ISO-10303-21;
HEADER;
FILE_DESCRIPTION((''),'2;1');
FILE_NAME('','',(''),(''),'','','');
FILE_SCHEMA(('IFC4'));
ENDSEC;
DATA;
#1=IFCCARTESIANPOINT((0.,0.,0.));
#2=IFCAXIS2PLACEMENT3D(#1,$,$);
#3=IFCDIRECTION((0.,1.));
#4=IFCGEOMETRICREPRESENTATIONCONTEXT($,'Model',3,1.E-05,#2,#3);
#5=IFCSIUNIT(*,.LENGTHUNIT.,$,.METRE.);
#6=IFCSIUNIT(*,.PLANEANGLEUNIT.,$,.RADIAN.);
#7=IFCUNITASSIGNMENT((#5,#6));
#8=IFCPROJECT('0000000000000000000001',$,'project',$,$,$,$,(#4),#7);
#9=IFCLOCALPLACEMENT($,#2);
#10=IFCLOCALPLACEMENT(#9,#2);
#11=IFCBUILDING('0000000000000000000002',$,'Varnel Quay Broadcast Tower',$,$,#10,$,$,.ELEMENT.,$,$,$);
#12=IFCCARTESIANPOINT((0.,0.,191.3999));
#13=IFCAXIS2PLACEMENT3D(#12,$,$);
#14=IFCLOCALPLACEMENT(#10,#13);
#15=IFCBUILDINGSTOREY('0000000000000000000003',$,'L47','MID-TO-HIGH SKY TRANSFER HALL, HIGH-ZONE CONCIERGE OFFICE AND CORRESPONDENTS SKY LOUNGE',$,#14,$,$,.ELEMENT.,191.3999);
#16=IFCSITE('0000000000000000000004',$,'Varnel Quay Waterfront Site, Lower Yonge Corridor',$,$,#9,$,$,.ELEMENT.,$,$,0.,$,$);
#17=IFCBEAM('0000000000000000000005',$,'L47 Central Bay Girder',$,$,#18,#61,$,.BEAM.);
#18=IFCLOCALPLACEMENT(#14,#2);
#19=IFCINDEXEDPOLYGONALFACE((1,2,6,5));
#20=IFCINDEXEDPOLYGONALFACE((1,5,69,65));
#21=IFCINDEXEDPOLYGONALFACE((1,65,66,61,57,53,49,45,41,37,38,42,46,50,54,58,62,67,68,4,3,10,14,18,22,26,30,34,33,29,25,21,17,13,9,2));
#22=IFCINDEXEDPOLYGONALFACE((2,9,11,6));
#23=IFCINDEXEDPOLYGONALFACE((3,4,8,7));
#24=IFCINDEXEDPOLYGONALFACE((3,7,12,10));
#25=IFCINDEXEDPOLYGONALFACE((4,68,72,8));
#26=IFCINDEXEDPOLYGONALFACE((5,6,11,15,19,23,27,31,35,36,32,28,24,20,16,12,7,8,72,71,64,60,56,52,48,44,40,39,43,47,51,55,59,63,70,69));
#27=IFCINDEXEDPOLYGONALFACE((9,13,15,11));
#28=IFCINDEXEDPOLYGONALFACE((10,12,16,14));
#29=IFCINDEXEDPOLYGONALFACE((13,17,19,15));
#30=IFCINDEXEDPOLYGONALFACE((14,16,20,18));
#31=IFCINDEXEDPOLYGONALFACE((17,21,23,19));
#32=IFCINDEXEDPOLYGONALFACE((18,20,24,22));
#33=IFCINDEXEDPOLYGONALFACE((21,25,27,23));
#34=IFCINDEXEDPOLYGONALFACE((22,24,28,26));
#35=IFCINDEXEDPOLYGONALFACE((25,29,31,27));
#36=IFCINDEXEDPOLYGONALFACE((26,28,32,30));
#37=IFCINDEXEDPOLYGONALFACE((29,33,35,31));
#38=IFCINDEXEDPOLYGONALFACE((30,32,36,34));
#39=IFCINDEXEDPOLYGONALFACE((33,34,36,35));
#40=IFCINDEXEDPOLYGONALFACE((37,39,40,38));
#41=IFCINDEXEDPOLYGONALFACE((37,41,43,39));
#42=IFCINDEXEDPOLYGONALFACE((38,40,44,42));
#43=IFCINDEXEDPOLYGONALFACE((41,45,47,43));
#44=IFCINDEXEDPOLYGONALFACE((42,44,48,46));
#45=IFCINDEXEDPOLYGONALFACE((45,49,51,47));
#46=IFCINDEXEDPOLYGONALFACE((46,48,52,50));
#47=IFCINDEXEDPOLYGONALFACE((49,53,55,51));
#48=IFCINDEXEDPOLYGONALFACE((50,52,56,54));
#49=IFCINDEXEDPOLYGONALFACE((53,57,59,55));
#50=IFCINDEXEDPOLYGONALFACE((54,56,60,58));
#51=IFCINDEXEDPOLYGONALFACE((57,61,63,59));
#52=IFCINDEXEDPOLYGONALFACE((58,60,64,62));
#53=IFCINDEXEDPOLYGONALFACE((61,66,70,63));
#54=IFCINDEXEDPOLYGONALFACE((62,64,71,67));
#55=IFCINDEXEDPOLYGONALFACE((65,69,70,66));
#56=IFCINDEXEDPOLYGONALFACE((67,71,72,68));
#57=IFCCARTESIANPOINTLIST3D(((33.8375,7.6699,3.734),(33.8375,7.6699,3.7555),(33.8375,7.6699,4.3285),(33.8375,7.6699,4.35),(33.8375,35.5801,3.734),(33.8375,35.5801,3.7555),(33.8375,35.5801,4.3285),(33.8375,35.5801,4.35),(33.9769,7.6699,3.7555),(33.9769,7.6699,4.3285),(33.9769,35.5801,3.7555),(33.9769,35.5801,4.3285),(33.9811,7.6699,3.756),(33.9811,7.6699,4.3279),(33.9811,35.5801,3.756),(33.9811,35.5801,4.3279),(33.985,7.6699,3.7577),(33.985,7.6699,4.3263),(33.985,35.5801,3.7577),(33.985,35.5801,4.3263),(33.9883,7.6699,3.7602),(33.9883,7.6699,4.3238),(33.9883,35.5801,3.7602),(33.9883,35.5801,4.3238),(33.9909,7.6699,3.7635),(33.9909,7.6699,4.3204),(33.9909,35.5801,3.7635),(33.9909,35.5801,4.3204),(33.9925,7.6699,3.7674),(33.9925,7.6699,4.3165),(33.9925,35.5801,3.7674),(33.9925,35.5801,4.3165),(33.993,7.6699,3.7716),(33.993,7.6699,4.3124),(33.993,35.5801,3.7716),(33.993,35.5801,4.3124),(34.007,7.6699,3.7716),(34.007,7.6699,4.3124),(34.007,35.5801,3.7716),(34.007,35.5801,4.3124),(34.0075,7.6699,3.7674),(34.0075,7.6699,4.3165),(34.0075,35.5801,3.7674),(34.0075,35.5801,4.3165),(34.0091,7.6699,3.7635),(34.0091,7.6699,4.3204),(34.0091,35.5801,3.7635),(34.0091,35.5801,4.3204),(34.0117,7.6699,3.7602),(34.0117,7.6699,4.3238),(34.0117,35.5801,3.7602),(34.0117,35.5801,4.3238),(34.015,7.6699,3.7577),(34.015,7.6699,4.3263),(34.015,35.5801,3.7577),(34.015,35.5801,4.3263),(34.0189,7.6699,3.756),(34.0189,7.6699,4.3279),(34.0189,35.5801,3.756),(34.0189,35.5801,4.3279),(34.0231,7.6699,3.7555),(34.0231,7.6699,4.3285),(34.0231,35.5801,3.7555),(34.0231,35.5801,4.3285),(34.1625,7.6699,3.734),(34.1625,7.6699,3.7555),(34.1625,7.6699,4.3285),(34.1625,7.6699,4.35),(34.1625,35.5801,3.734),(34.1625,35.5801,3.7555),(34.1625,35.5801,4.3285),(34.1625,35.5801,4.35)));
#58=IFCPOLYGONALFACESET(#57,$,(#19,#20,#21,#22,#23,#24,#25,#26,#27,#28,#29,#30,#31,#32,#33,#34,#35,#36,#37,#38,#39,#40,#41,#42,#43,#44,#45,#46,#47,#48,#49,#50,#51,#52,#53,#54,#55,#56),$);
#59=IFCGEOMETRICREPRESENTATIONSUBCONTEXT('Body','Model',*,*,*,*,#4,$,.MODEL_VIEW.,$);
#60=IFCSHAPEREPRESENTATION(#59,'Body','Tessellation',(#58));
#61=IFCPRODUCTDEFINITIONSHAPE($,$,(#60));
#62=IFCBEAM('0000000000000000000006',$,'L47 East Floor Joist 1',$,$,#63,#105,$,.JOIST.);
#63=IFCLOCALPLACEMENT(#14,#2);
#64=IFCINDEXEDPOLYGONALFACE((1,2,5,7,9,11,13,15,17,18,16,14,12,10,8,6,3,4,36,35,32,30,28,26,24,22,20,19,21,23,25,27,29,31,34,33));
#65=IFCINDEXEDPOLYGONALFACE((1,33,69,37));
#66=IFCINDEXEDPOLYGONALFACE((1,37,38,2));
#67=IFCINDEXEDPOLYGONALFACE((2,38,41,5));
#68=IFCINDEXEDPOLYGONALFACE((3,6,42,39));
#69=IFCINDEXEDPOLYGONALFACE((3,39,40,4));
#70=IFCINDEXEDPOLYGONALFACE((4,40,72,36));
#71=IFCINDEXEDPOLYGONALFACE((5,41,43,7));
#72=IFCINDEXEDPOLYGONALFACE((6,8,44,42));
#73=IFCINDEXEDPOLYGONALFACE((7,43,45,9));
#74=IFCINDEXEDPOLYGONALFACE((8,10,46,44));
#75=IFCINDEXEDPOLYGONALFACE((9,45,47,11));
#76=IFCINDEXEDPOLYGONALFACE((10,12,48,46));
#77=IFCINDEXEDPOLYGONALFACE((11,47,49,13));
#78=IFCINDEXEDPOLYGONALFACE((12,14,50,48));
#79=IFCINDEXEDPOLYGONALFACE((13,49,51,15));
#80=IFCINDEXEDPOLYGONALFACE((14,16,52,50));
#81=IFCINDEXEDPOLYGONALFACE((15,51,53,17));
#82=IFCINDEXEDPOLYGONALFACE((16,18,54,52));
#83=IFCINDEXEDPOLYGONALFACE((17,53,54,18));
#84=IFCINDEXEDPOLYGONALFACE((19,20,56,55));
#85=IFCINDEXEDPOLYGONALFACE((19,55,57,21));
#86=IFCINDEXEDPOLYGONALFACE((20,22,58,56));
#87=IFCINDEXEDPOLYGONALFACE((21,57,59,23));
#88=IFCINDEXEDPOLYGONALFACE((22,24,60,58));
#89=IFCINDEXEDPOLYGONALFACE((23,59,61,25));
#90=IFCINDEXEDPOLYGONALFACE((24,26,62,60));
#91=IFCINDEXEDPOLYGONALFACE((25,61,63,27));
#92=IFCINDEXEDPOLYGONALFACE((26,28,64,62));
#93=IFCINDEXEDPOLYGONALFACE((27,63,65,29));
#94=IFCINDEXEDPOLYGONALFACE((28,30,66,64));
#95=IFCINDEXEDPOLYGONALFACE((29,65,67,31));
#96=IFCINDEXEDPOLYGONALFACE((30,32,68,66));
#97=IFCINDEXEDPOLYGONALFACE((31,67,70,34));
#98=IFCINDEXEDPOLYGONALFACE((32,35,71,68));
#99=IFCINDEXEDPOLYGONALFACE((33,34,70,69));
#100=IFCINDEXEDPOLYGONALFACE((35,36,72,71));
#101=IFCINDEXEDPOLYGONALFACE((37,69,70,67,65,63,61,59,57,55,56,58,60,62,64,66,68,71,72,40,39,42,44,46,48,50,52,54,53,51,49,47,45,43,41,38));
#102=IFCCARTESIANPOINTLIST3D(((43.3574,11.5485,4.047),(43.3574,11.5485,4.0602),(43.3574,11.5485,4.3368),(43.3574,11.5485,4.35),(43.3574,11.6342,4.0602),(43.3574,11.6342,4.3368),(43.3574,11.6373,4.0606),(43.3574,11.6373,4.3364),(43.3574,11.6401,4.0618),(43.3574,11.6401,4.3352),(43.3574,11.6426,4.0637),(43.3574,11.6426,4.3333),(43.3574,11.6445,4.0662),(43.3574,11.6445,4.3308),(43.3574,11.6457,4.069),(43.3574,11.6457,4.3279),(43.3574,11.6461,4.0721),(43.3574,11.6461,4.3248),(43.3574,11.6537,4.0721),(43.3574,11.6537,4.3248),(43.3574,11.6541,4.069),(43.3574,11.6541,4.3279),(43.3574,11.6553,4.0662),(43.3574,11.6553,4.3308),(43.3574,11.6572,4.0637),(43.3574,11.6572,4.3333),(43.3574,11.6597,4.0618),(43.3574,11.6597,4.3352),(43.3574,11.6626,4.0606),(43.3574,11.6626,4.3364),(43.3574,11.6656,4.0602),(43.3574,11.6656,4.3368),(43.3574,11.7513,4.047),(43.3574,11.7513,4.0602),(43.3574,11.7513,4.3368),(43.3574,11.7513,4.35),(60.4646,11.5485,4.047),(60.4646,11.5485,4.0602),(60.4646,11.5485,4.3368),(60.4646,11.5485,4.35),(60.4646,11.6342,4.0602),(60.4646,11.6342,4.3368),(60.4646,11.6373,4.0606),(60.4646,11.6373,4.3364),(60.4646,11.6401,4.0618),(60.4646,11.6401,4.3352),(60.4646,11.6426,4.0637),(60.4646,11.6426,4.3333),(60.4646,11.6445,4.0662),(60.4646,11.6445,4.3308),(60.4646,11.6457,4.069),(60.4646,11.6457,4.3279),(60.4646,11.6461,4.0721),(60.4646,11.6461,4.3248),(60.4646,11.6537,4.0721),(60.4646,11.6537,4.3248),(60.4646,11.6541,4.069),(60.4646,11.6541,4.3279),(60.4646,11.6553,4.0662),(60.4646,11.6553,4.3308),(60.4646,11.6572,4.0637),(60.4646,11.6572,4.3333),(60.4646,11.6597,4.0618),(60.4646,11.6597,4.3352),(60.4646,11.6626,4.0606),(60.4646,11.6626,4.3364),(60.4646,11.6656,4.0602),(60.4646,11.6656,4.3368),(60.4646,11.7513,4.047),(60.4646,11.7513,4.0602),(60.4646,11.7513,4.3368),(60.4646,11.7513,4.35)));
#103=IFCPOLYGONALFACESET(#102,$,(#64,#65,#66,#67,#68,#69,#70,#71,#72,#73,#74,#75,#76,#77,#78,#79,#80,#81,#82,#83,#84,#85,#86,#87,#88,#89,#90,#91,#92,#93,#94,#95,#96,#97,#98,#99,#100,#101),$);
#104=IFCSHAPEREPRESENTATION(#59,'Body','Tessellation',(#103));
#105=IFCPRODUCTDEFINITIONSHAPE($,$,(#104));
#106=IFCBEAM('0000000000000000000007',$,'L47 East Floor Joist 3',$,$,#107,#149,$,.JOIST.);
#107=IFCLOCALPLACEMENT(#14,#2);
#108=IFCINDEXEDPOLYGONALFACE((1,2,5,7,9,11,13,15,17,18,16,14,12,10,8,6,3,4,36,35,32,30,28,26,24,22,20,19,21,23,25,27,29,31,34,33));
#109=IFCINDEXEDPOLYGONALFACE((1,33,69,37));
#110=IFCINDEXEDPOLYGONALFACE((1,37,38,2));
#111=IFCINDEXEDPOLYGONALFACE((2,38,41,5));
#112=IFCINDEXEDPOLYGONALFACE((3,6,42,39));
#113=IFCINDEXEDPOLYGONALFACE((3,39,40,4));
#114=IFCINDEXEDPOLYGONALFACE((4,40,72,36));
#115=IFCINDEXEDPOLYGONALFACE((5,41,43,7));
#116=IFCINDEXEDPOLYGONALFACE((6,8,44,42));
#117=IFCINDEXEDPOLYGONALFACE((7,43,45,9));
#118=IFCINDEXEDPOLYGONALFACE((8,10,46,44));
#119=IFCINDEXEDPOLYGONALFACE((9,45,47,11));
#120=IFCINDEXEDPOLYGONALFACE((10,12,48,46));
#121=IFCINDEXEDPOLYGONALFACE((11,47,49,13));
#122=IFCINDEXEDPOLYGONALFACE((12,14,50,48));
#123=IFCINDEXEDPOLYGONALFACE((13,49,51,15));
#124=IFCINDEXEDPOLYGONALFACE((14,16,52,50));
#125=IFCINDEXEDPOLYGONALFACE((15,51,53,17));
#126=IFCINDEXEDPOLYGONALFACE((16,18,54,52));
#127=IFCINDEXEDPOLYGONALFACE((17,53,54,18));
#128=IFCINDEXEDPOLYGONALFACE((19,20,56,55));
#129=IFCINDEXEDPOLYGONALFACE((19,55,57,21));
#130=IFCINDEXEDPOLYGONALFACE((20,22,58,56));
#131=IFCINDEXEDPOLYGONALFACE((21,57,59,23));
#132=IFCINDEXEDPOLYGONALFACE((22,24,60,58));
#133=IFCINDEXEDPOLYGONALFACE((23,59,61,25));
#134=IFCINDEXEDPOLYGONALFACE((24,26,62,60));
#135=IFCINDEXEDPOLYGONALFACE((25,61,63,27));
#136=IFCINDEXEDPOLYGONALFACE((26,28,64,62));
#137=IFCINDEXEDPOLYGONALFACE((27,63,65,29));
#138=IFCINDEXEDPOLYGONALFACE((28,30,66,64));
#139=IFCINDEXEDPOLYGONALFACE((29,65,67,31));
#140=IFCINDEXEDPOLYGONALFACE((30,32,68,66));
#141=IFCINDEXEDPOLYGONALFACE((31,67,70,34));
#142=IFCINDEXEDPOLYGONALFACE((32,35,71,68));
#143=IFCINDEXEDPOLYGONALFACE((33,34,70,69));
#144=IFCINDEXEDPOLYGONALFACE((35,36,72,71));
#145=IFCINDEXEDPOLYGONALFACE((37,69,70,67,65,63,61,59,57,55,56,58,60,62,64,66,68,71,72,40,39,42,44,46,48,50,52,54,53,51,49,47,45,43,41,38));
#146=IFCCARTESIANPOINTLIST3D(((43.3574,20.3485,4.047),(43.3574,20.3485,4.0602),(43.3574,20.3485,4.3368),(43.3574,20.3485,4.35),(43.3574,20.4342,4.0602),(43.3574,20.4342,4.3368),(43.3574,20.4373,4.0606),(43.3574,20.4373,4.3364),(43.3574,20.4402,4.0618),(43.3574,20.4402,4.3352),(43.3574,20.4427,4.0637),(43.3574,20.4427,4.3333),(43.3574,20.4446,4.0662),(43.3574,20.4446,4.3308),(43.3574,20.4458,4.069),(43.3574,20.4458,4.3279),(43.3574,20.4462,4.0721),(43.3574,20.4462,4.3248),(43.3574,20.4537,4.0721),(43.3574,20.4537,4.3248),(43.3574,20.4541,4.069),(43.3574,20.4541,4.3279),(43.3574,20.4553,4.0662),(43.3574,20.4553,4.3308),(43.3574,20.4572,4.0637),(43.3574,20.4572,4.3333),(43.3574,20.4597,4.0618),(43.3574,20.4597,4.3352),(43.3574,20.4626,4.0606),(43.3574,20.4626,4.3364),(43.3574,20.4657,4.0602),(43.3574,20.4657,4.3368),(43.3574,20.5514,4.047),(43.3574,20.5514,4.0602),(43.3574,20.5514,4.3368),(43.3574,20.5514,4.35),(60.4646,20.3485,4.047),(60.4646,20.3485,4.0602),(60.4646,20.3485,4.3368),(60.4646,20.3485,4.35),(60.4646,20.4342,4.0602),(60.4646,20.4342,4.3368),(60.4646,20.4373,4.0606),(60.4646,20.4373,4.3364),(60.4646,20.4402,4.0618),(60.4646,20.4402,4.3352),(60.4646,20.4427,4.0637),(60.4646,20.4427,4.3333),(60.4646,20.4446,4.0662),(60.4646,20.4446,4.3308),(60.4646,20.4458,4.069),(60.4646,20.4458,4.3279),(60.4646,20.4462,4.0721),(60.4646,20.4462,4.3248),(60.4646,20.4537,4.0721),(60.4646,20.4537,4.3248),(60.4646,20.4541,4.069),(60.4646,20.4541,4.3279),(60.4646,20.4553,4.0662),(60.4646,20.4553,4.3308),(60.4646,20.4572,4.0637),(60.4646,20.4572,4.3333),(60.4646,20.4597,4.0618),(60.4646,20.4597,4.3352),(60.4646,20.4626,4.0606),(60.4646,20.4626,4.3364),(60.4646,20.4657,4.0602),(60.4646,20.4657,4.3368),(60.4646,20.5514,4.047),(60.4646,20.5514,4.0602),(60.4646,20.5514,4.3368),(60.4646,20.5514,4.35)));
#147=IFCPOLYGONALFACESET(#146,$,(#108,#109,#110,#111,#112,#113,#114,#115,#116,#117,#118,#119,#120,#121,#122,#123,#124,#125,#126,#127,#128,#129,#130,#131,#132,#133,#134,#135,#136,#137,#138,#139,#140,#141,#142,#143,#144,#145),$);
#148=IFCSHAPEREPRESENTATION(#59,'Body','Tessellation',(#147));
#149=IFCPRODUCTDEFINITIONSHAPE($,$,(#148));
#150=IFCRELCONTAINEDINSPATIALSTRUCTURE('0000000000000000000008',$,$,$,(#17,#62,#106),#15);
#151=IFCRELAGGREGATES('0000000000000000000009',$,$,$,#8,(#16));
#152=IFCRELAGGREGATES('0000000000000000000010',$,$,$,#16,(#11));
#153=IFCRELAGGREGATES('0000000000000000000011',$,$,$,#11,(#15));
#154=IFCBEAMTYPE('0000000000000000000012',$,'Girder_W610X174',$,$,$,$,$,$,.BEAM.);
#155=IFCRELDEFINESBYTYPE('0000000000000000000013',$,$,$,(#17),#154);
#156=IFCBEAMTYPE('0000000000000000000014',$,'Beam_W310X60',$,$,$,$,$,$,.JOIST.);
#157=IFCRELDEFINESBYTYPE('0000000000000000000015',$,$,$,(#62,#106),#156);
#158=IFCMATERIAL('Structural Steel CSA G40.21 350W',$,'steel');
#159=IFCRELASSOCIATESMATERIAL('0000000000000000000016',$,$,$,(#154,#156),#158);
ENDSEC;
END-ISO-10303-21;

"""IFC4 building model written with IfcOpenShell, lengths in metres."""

from ifc_helpers import new_model, si_unit, direction, frame, origin, origin_2d, place, context, subcontext, project, spatial, i_section, extrude, source, transform, mapped, material, material_profile, profile_set, type_object, type_shapes, element, save


model = new_model("IFC4")

# Units and contexts
model_context = context("Model", 3, precision=1e-05, world=origin(), true_north=direction((0.0, 1.0)))
body_context = subcontext(model_context, "Body", "Model", "MODEL_VIEW")
ifc_project = project(units=[si_unit("LENGTHUNIT", "METRE"), si_unit("PLANEANGLEUNIT", "RADIAN")], contexts=[model_context])

# Site, building, storey
site_placement = place(None, origin())
site = spatial("IfcSite", under=ifc_project, at=site_placement, Name="Varnel Quay Waterfront Site, Lower Yonge Corridor", CompositionType="ELEMENT", RefElevation=0.0)
building_placement = place(site_placement, origin())
building = spatial("IfcBuilding", under=site, at=building_placement, Name="Varnel Quay Broadcast Tower", CompositionType="ELEMENT")
storey_placement = place(building_placement, frame((0.0, 0.0, 191.3999)))
storey = spatial("IfcBuildingStorey", under=building, at=storey_placement, Name="L47", Description="MID-TO-HIGH SKY TRANSFER HALL, HIGH-ZONE CONCIERGE OFFICE AND CORRESPONDENTS SKY LOUNGE", CompositionType="ELEMENT", Elevation=191.3999)

# Shared definitions
ifc_material_1 = material(Name="Structural Steel CSA G40.21 350W", Category="steel")

# Beams
ifc_material_profile_1 = material_profile(ifc_material_1, i_section(OverallWidth=0.325, OverallDepth=0.616, WebThickness=0.0139, FlangeThickness=0.0215, FilletRadius=0.0161, at=origin_2d()), Name="W610X174")
ifc_profile_set_1 = profile_set([ifc_material_profile_1], Name="Structural Steel CSA G40.21 350W")
beam_type_1 = type_object("IfcBeamType", Name="Girder_W610X174", PredefinedType="BEAM", material=ifc_profile_set_1)
shared_shape_1 = source(origin(), body_context, "Body", "SweptSolid", [
    extrude(i_section(OverallWidth=0.325, OverallDepth=0.616, WebThickness=0.0139, FlangeThickness=0.0215, FilletRadius=0.0161, at=origin_2d()), origin(), (0.0, 0.0, 1.0), 27.9102),
])
beam_1_placement = place(storey_placement, frame((34.0, 7.6699, 4.042), z_axis=(0.0, 1.0, 0.0), x_axis=(-1.0, 0.0, 0.0)))
element("IfcBeam", 1, at=beam_1_placement, inside=storey, type_object=beam_type_1, Name="L47 Central Bay Girder", PredefinedType="BEAM", context=body_context, shape_type="MappedRepresentation", body=[
    mapped(shared_shape_1, transform((0.0, 0.0, 0.0), x_axis=(1.0, 0.0, 0.0), y_axis=(0.0, 1.0, 0.0), z_axis=(0.0, 0.0, 1.0), scale=1.0)),
])
ifc_material_profile_2 = material_profile(ifc_material_1, i_section(OverallWidth=0.2029, OverallDepth=0.303, WebThickness=0.0076, FlangeThickness=0.0132, FilletRadius=0.012, at=origin_2d()), Name="W310X60")
ifc_profile_set_2 = profile_set([ifc_material_profile_2], Name="Structural Steel CSA G40.21 350W")
beam_type_2 = type_object("IfcBeamType", Name="Beam_W310X60", PredefinedType="JOIST", material=ifc_profile_set_2)
shared_shape_2 = source(origin(), body_context, "Body", "SweptSolid", [
    extrude(i_section(OverallWidth=0.2029, OverallDepth=0.303, WebThickness=0.0076, FlangeThickness=0.0132, FilletRadius=0.012, at=origin_2d()), origin(), (0.0, 0.0, 1.0), 17.1072),
])
type_shapes(beam_type_2, [shared_shape_2])
for number, where, z_axis, x_axis, name in (
    (2, (43.3574, 11.6499, 4.1985), (1.0, 0.0, 0.0), (0.0, 1.0, 0.0), "L47 East Floor Joist 1"),
    (3, (43.3574, 20.45, 4.1985), (1.0, 0.0, 0.0), (0.0, 1.0, 0.0), "L47 East Floor Joist 3"),
):
    element("IfcBeam", number, at=place(storey_placement, frame(where, z_axis=z_axis, x_axis=x_axis)), inside=storey, type_object=beam_type_2, Name=name, PredefinedType="JOIST", context=body_context, shape_type="MappedRepresentation", body=[
        mapped(shared_shape_2, transform((0.0, 0.0, 0.0), x_axis=(1.0, 0.0, 0.0), y_axis=(0.0, 1.0, 0.0), z_axis=(0.0, 0.0, 1.0), scale=1.0)),
    ])

save(model, "model.ifc")
